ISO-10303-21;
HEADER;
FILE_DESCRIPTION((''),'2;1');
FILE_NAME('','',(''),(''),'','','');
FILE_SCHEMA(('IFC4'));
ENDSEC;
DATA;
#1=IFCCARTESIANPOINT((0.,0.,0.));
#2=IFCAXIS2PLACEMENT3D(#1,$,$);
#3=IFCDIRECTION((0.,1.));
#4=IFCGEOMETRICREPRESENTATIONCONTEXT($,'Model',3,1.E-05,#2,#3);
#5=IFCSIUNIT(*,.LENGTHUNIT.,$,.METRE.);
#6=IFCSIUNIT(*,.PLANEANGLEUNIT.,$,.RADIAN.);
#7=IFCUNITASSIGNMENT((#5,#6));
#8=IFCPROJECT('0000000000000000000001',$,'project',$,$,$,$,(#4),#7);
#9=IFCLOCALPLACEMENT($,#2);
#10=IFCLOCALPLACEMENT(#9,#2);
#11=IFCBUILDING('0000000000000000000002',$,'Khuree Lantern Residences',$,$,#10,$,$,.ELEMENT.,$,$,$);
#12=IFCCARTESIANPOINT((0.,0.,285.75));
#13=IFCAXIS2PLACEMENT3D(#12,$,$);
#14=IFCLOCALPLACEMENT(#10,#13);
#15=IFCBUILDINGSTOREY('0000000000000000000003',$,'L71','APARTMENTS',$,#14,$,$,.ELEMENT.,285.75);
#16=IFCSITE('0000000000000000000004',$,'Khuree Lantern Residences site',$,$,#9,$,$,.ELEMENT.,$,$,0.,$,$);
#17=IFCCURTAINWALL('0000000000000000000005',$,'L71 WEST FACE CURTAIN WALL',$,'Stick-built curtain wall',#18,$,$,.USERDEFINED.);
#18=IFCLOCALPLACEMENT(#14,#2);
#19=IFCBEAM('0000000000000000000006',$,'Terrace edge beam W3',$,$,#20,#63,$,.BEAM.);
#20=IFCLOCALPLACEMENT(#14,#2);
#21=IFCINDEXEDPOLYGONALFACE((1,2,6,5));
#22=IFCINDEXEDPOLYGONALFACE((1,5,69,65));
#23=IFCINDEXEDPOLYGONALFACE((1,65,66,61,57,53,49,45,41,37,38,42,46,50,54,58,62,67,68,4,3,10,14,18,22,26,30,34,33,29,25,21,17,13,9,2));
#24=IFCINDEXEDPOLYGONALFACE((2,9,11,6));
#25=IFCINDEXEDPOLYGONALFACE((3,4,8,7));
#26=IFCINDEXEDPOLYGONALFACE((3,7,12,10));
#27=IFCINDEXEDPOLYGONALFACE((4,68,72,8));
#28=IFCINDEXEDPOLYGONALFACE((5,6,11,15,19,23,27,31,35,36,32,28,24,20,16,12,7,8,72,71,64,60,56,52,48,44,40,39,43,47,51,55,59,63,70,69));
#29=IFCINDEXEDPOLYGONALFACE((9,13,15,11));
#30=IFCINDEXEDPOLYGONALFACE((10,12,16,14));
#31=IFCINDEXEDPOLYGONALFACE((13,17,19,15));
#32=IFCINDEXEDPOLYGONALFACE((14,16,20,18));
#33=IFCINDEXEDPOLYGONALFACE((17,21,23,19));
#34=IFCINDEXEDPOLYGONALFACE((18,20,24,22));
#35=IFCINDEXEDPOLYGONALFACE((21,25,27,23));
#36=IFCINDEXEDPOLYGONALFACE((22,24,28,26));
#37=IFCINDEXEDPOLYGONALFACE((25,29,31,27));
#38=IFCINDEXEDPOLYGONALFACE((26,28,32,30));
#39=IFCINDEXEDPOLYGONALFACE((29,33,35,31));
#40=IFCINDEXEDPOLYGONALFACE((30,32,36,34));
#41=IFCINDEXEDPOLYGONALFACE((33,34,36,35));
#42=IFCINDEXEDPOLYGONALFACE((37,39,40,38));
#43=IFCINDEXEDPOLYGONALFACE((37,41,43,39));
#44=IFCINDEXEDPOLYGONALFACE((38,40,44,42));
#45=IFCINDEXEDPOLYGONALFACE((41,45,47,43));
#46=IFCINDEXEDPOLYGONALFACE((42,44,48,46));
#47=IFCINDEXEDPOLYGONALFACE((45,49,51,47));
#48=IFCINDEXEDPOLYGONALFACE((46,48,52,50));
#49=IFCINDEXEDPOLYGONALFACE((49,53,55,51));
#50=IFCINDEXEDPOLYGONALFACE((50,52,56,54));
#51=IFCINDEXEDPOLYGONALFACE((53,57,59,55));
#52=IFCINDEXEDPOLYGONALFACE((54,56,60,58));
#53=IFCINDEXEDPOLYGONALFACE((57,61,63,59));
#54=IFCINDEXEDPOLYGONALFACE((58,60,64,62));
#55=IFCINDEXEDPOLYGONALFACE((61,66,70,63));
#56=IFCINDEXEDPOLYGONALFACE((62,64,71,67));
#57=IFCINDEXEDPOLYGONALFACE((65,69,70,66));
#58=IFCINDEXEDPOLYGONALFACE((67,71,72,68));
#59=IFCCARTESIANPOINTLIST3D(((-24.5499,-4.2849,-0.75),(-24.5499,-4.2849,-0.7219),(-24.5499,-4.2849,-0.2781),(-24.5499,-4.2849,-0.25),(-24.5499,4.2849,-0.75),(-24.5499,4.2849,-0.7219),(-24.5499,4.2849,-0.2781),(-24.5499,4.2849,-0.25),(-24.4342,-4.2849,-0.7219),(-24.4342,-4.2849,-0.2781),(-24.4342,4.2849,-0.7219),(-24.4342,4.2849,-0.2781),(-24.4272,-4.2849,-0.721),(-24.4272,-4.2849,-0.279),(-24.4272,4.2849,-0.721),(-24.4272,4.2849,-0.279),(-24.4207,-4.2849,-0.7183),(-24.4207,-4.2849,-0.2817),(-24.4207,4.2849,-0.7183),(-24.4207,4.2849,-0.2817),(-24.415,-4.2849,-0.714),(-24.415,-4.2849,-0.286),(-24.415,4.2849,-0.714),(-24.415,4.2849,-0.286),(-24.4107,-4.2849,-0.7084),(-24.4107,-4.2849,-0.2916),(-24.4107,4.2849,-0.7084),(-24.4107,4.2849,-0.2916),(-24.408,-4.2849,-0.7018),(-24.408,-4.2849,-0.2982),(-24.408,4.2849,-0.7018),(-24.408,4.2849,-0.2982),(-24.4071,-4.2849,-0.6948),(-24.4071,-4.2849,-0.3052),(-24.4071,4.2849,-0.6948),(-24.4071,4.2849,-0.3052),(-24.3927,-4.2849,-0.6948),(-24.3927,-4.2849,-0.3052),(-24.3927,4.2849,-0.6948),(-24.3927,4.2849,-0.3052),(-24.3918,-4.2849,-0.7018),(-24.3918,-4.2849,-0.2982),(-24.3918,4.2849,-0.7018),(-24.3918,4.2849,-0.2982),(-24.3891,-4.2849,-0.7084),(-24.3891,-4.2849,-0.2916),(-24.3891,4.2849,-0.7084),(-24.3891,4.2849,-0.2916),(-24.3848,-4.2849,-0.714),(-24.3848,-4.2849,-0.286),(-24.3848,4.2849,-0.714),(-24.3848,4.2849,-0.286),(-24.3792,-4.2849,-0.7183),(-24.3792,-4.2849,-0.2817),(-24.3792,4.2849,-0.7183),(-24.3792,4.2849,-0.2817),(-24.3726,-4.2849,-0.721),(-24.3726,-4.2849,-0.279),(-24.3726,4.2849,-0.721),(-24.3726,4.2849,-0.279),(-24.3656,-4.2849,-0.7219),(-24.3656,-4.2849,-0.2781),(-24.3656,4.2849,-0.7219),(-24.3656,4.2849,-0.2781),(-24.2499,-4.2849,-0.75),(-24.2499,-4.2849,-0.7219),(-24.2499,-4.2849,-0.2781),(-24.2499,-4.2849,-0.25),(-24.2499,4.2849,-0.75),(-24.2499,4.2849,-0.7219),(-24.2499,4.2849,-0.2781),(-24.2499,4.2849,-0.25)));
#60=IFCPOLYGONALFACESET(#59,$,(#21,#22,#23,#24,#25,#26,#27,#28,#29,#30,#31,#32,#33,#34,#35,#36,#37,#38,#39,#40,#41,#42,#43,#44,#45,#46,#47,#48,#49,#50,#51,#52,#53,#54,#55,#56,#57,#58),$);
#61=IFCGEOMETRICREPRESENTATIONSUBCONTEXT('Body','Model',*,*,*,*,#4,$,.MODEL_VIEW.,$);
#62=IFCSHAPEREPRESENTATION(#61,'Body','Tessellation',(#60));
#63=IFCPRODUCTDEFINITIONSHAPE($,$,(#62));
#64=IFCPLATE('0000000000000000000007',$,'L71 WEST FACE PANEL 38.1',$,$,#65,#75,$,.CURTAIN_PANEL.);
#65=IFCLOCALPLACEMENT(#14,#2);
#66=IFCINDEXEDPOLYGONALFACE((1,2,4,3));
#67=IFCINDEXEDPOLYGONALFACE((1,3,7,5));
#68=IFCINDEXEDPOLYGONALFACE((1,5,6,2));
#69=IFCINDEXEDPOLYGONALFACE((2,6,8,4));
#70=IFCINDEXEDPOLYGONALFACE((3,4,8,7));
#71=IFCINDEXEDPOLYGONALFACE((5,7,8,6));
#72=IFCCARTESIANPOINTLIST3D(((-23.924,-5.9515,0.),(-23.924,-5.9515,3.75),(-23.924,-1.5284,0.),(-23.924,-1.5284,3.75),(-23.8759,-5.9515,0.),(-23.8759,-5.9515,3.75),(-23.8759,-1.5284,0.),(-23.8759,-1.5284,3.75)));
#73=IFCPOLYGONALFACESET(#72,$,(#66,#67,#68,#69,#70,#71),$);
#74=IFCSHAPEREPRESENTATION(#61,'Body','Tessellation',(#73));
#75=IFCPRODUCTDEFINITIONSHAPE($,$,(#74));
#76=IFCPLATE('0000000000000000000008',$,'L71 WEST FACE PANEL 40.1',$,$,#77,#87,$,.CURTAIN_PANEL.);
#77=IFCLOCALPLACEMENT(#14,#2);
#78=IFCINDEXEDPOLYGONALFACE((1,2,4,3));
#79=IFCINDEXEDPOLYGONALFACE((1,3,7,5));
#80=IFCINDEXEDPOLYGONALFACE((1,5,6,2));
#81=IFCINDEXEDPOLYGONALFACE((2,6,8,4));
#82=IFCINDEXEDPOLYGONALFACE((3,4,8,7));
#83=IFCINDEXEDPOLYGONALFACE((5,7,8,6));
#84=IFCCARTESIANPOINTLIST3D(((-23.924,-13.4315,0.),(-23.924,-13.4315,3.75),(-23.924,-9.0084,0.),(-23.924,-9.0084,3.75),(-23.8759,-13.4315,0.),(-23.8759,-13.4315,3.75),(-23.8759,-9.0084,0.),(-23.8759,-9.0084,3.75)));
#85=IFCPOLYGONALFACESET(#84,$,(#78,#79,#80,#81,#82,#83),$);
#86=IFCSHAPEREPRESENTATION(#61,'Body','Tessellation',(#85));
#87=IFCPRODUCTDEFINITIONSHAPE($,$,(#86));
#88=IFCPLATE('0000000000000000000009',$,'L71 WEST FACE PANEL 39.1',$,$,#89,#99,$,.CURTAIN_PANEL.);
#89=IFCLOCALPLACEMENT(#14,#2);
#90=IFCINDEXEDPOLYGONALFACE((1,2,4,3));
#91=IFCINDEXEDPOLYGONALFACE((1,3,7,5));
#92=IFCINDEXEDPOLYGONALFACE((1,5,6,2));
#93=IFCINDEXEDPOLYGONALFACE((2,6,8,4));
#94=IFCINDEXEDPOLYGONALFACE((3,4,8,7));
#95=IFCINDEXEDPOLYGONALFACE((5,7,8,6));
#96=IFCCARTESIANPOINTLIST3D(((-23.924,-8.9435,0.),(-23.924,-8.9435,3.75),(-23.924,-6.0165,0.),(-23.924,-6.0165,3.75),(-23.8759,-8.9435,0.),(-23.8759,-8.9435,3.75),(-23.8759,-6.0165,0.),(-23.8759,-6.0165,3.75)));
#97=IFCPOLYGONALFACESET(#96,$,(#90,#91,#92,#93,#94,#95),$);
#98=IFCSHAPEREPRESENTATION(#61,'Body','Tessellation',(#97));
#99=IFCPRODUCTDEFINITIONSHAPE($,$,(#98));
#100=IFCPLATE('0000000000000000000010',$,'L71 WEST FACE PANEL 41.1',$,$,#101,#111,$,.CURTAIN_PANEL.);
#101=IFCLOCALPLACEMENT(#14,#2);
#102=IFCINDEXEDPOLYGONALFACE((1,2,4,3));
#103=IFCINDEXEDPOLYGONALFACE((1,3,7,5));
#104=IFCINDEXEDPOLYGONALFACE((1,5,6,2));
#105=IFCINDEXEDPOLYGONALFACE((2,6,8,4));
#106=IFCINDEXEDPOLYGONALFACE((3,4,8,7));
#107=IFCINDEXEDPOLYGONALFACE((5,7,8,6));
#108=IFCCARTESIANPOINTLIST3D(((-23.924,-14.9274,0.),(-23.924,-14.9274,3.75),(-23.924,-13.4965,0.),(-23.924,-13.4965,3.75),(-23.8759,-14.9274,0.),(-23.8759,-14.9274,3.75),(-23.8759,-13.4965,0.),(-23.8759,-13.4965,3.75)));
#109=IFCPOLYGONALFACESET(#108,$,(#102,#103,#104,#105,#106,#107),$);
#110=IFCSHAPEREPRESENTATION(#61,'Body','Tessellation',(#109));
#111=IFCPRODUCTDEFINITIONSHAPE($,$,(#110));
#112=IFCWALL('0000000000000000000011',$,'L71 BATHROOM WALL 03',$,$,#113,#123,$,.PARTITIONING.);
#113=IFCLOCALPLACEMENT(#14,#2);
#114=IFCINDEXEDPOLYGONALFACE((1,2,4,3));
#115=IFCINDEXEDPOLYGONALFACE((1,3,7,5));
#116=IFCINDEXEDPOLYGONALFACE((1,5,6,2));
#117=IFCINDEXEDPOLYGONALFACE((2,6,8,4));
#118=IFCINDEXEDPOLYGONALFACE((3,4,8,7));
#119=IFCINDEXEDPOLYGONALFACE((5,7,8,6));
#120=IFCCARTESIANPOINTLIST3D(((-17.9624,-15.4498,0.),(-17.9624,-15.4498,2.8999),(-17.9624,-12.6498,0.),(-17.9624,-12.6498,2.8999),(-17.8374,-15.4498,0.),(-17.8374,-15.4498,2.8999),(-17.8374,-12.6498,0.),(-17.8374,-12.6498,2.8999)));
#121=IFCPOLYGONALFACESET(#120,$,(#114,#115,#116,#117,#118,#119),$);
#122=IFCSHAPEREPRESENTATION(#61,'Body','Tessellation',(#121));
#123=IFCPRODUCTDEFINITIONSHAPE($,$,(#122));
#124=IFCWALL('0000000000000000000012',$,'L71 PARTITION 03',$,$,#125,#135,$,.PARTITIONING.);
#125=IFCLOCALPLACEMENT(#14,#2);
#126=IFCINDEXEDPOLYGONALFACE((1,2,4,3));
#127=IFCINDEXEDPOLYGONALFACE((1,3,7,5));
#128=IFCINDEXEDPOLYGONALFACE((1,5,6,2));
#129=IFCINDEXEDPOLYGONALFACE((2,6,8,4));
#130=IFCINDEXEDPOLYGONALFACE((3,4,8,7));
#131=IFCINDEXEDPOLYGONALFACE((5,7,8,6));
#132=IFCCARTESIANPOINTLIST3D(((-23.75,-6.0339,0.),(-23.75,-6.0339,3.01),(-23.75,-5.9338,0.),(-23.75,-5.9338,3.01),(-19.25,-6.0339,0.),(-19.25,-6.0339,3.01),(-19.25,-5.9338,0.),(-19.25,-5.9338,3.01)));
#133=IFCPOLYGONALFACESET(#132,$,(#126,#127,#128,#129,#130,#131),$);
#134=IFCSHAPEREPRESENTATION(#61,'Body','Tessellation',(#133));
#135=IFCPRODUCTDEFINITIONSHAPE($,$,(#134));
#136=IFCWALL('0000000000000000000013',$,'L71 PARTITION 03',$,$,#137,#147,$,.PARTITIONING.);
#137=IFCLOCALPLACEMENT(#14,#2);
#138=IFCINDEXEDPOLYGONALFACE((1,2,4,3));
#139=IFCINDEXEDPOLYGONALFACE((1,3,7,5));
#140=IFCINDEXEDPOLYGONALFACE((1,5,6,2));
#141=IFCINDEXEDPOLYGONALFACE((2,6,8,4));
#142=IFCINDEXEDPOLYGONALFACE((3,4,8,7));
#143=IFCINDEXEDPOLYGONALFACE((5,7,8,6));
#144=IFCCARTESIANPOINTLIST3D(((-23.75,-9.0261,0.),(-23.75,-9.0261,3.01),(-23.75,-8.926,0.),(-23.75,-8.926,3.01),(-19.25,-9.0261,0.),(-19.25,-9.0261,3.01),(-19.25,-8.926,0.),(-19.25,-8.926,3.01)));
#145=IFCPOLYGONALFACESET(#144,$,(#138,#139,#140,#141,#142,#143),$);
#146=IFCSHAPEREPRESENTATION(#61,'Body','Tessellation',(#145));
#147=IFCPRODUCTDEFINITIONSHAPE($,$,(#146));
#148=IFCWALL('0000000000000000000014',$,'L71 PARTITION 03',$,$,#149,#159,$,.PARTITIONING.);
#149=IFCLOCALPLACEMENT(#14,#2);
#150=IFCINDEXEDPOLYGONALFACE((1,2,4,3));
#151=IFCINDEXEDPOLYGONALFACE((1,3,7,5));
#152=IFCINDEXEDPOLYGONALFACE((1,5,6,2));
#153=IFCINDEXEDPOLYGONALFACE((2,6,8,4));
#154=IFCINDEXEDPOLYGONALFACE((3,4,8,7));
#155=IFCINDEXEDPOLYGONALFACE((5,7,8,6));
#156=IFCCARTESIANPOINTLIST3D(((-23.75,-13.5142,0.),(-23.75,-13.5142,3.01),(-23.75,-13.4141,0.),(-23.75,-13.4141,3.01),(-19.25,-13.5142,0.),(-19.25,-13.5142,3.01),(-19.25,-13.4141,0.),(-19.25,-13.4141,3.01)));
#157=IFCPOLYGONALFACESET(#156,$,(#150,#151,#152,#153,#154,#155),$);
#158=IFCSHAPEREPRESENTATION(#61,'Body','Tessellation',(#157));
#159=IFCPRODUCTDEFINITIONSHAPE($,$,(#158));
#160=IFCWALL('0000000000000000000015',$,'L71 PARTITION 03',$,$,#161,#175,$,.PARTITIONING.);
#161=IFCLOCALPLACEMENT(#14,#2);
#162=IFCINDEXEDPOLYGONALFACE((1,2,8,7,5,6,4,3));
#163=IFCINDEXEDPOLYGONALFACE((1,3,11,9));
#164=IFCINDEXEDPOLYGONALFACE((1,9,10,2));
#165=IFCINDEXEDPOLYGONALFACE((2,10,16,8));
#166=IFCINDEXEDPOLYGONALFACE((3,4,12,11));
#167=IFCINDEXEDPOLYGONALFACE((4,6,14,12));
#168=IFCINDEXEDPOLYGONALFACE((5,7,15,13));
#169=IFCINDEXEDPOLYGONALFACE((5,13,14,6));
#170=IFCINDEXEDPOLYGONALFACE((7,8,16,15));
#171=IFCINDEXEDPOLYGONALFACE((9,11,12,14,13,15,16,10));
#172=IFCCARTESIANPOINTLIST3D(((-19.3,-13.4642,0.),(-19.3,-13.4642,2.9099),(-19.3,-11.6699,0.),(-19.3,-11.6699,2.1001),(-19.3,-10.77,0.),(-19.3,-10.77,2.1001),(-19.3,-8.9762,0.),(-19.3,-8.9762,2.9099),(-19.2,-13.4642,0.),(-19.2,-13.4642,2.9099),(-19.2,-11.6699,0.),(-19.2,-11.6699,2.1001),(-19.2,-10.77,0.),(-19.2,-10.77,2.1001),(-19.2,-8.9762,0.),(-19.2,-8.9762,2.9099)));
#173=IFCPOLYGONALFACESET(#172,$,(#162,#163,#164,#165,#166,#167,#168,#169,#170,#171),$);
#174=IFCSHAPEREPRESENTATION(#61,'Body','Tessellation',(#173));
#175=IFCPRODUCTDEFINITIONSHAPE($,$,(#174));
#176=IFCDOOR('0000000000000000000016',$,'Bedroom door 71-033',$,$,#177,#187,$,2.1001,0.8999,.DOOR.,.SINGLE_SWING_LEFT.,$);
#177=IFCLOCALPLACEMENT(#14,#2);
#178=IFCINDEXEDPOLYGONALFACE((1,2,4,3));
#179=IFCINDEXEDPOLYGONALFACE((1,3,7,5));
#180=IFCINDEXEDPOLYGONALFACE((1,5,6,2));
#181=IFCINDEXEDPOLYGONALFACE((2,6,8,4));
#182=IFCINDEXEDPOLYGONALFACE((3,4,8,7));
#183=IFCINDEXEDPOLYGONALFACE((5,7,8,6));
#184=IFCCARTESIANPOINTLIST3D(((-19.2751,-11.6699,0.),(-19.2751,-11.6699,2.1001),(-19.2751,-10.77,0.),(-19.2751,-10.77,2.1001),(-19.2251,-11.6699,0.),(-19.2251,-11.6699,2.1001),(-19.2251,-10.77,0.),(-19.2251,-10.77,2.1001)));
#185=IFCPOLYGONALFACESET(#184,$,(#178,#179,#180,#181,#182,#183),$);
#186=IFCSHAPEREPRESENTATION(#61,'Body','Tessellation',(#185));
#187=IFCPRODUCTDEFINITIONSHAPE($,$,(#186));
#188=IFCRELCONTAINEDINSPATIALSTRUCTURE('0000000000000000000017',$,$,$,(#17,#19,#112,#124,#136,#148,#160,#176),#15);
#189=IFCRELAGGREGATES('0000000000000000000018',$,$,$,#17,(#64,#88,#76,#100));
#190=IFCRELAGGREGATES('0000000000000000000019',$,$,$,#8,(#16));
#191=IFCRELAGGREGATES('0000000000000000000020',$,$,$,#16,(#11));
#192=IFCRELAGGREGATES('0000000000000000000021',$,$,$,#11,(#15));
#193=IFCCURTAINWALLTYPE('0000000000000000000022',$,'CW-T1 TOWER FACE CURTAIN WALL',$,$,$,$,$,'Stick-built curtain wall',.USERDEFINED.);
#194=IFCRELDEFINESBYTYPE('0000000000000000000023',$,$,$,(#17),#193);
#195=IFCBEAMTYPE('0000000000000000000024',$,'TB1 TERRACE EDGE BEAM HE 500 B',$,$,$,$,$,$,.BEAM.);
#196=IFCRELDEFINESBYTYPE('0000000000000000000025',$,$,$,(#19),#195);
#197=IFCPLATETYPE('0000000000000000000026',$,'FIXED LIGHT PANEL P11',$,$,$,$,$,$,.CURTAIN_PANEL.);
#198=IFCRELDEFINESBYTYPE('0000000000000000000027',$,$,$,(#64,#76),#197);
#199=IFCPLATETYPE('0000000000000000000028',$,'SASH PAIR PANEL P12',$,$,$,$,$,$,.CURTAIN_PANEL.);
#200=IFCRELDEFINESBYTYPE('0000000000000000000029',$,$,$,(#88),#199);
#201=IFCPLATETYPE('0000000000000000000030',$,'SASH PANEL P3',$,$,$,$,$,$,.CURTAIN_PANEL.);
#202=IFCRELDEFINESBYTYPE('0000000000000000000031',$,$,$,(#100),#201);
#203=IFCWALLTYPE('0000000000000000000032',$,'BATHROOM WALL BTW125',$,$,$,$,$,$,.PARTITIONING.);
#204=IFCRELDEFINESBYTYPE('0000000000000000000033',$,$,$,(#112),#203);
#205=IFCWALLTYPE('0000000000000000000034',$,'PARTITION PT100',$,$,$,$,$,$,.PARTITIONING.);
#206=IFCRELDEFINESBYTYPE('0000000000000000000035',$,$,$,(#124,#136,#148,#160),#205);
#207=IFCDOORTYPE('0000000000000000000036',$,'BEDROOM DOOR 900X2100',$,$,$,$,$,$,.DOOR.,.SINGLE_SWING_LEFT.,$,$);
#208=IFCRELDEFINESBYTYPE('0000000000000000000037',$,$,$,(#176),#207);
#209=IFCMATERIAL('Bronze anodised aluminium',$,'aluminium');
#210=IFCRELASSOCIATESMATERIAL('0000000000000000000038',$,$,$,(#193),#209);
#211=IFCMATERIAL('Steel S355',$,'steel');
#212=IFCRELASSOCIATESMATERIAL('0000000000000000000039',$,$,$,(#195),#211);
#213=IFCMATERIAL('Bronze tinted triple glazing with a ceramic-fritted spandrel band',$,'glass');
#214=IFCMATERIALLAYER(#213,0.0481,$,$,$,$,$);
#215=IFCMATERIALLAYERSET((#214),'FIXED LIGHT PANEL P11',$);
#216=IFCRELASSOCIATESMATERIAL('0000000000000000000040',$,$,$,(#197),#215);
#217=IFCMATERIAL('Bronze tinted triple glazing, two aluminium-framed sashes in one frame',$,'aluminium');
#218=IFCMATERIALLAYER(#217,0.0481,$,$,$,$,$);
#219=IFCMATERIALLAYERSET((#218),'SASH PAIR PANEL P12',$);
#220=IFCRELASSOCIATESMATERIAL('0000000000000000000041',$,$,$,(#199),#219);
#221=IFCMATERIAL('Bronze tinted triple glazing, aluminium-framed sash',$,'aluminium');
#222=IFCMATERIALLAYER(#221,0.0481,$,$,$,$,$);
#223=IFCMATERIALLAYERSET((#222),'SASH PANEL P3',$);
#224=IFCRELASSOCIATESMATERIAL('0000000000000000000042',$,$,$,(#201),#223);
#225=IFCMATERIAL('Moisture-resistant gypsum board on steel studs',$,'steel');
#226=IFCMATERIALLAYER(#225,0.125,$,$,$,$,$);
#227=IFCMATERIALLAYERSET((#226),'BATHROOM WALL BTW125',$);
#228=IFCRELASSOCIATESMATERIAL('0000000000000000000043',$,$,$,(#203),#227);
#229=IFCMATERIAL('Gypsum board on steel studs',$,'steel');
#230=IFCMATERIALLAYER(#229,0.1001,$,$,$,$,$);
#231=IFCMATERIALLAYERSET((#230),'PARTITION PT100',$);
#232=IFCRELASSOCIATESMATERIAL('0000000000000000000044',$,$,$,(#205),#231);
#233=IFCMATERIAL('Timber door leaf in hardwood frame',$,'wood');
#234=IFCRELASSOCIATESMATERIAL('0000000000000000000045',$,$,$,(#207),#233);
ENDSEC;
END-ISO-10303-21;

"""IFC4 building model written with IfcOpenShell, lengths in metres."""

from ifc_helpers import new_model, si_unit, direction, frame, frame_2d, origin, origin_2d, place, context, subcontext, project, spatial, rectangle, i_section, extrude, material, layer, layer_set, material_profile, profile_set, type_object, element, fill, aggregate, save


model = new_model("IFC4")

# Units and contexts
model_context = context("Model", 3, precision=1e-05, world=origin(), true_north=direction((0.0, 1.0)))
body_context = subcontext(model_context, "Body", "Model", "MODEL_VIEW")
ifc_project = project(units=[si_unit("LENGTHUNIT", "METRE"), si_unit("PLANEANGLEUNIT", "RADIAN")], contexts=[model_context])

# Site, building, storey
site_placement = place(None, origin())
site = spatial("IfcSite", under=ifc_project, at=site_placement, Name="Khuree Lantern Residences site", CompositionType="ELEMENT", RefElevation=0.0)
building_placement = place(site_placement, origin())
building = spatial("IfcBuilding", under=site, at=building_placement, Name="Khuree Lantern Residences", CompositionType="ELEMENT")
storey_placement = place(building_placement, frame((0.0, 0.0, 285.75)))
storey = spatial("IfcBuildingStorey", under=building, at=storey_placement, Name="L71", Description="APARTMENTS", CompositionType="ELEMENT", Elevation=285.75)

# Shared definitions
ifc_material_1 = material(Name="Steel S355", Category="steel")

# Curtain wall
ifc_material_2 = material(Name="Bronze anodised aluminium", Category="aluminium")
curtain_wall_type = type_object("IfcCurtainWallType", Name="CW-T1 TOWER FACE CURTAIN WALL", ElementType="Stick-built curtain wall", PredefinedType="USERDEFINED", material=ifc_material_2)
curtain_wall_placement = place(storey_placement, origin())
curtain_wall = element("IfcCurtainWall", 1, at=curtain_wall_placement, inside=storey, type_object=curtain_wall_type, Name="L71 WEST FACE CURTAIN WALL", ObjectType="Stick-built curtain wall", PredefinedType="USERDEFINED")

# Beam
ifc_material_profile_1 = material_profile(ifc_material_1, i_section(OverallWidth=0.3, OverallDepth=0.5, WebThickness=0.0144, FlangeThickness=0.0281, FilletRadius=0.0271, at=origin_2d()), Name="HE 500 B")
ifc_profile_set_1 = profile_set([ifc_material_profile_1], Name="Steel S355")
beam_type_1 = type_object("IfcBeamType", Name="TB1 TERRACE EDGE BEAM HE 500 B", PredefinedType="BEAM", material=ifc_profile_set_1)
beam_1_placement = place(storey_placement, frame((-24.3999, -4.2849, -0.5), z_axis=(0.0, 1.0, 0.0), x_axis=(-1.0, 0.0, 0.0)))
element("IfcBeam", 2, at=beam_1_placement, inside=storey, type_object=beam_type_1, Name="Terrace edge beam W3", PredefinedType="BEAM", context=body_context, shape_type="SweptSolid", body=[
    extrude(i_section(OverallWidth=0.3, OverallDepth=0.5, WebThickness=0.0144, FlangeThickness=0.0281, FilletRadius=0.0271, at=origin_2d()), origin(), (0.0, 0.0, 1.0), 8.5698),
])

# Plates
ifc_material_3 = material(Name="Bronze tinted triple glazing with a ceramic-fritted spandrel band", Category="glass")
ifc_layer_1 = layer(ifc_material_3, 0.0481)
ifc_layer_set_1 = layer_set([ifc_layer_1], Name="FIXED LIGHT PANEL P11")
plate_type_1 = type_object("IfcPlateType", Name="FIXED LIGHT PANEL P11", PredefinedType="CURTAIN_PANEL", material=ifc_layer_set_1)
plate_1_placement = place(storey_placement, frame((-23.8999, -3.74, 0.0), z_axis=(0.0, 0.0, 1.0), x_axis=(0.0, -1.0, 0.0)))
plate_1 = element("IfcPlate", 3, at=plate_1_placement, type_object=plate_type_1, Name="L71 WEST FACE PANEL 38.1", PredefinedType="CURTAIN_PANEL", context=body_context, shape_type="SweptSolid", body=[
    extrude(rectangle(XDim=4.4231, YDim=0.0481, at=origin_2d()), origin(), (0.0, 0.0, 1.0), 3.75),
])
plate_2_placement = place(storey_placement, frame((-23.8999, -11.22, 0.0), z_axis=(0.0, 0.0, 1.0), x_axis=(0.0, -1.0, 0.0)))
plate_2 = element("IfcPlate", 4, at=plate_2_placement, type_object=plate_type_1, Name="L71 WEST FACE PANEL 40.1", PredefinedType="CURTAIN_PANEL", context=body_context, shape_type="SweptSolid", body=[
    extrude(rectangle(XDim=4.4231, YDim=0.0481, at=origin_2d()), origin(), (0.0, 0.0, 1.0), 3.75),
])
ifc_material_4 = material(Name="Bronze tinted triple glazing, two aluminium-framed sashes in one frame", Category="aluminium")
ifc_layer_2 = layer(ifc_material_4, 0.0481)
ifc_layer_set_2 = layer_set([ifc_layer_2], Name="SASH PAIR PANEL P12")
plate_type_2 = type_object("IfcPlateType", Name="SASH PAIR PANEL P12", PredefinedType="CURTAIN_PANEL", material=ifc_layer_set_2)
plate_3_placement = place(storey_placement, frame((-23.8999, -7.48, 0.0), z_axis=(0.0, 0.0, 1.0), x_axis=(0.0, -1.0, 0.0)))
plate_3 = element("IfcPlate", 5, at=plate_3_placement, type_object=plate_type_2, Name="L71 WEST FACE PANEL 39.1", PredefinedType="CURTAIN_PANEL", context=body_context, shape_type="SweptSolid", body=[
    extrude(rectangle(XDim=2.927, YDim=0.0481, at=origin_2d()), origin(), (0.0, 0.0, 1.0), 3.75),
])
ifc_material_5 = material(Name="Bronze tinted triple glazing, aluminium-framed sash", Category="aluminium")
ifc_layer_3 = layer(ifc_material_5, 0.0481)
ifc_layer_set_3 = layer_set([ifc_layer_3], Name="SASH PANEL P3")
plate_type_3 = type_object("IfcPlateType", Name="SASH PANEL P3", PredefinedType="CURTAIN_PANEL", material=ifc_layer_set_3)
plate_4_placement = place(storey_placement, frame((-23.8999, -14.2119, 0.0), z_axis=(0.0, 0.0, 1.0), x_axis=(0.0, -1.0, 0.0)))
plate_4 = element("IfcPlate", 6, at=plate_4_placement, type_object=plate_type_3, Name="L71 WEST FACE PANEL 41.1", PredefinedType="CURTAIN_PANEL", context=body_context, shape_type="SweptSolid", body=[
    extrude(rectangle(XDim=1.4309, YDim=0.0481, at=origin_2d()), origin(), (0.0, 0.0, 1.0), 3.75),
])
aggregate(curtain_wall, [plate_1, plate_3, plate_2, plate_4])

# Walls
ifc_material_6 = material(Name="Moisture-resistant gypsum board on steel studs", Category="steel")
ifc_layer_4 = layer(ifc_material_6, 0.125)
ifc_layer_set_4 = layer_set([ifc_layer_4], Name="BATHROOM WALL BTW125")
wall_type_1 = type_object("IfcWallType", Name="BATHROOM WALL BTW125", PredefinedType="PARTITIONING", material=ifc_layer_set_4)
wall_1_placement = place(storey_placement, frame((-17.8999, -12.6499, 0.0), z_axis=(0.0, 0.0, 1.0), x_axis=(0.0, -1.0, 0.0)))
element("IfcWall", 7, at=wall_1_placement, inside=storey, type_object=wall_type_1, Name="L71 BATHROOM WALL 03", PredefinedType="PARTITIONING", context=body_context, shape_type="SweptSolid", body=[
    extrude(rectangle(XDim=2.8, YDim=0.125, at=frame_2d((1.3999, 0.0))), origin(), (0.0, 0.0, 1.0), 2.8999),
])
ifc_material_7 = material(Name="Gypsum board on steel studs", Category="steel")
ifc_layer_5 = layer(ifc_material_7, 0.1001)
ifc_layer_set_5 = layer_set([ifc_layer_5], Name="PARTITION PT100")
wall_type_2 = type_object("IfcWallType", Name="PARTITION PT100", PredefinedType="PARTITIONING", material=ifc_layer_set_5)
for number, where, z_axis, x_axis, name in (
    (8, (-19.25, -5.9839, 0.0), (0.0, 0.0, 1.0), (-1.0, 0.0, 0.0), "L71 PARTITION 03"),
    (9, (-19.25, -8.9761, 0.0), (0.0, 0.0, 1.0), (-1.0, 0.0, 0.0), "L71 PARTITION 03"),
    (10, (-19.25, -13.4641, 0.0), (0.0, 0.0, 1.0), (-1.0, 0.0, 0.0), "L71 PARTITION 03"),
):
    element("IfcWall", number, at=place(storey_placement, frame(where, z_axis=z_axis, x_axis=x_axis)), inside=storey, type_object=wall_type_2, Name=name, PredefinedType="PARTITIONING", context=body_context, shape_type="SweptSolid", body=[
        extrude(rectangle(XDim=4.5, YDim=0.1001, at=frame_2d((2.25, 0.0))), origin(), (0.0, 0.0, 1.0), 3.01),
    ])

# Wall, opening, door
wall_2_placement = place(storey_placement, frame((-19.25, -8.9761, 0.0), z_axis=(0.0, 0.0, 1.0), x_axis=(0.0, -1.0, 0.0)))
wall_2 = element("IfcWall", 11, at=wall_2_placement, inside=storey, type_object=wall_type_2, Name="L71 PARTITION 03", PredefinedType="PARTITIONING", context=body_context, shape_type="SweptSolid", body=[
    extrude(rectangle(XDim=4.488, YDim=0.1001, at=frame_2d((2.2441, 0.0))), origin(), (0.0, 0.0, 1.0), 2.9099),
])
opening_placement = place(wall_2_placement, frame((1.7939, 0.0, 0.0)))
opening = element("IfcOpeningElement", 12, at=opening_placement, cuts=wall_2, PredefinedType="OPENING", context=body_context, shape_type="SweptSolid", body=[
    extrude(rectangle(XDim=0.8999, YDim=2.1001, at=frame_2d((0.45, 1.05))), frame((0.0, 0.0601, 0.0), z_axis=(0.0, -1.0, 0.0), x_axis=(1.0, 0.0, 0.0)), (0.0, 0.0, 1.0), 0.1201),
])
ifc_material_8 = material(Name="Timber door leaf in hardwood frame", Category="wood")
door_type = type_object("IfcDoorType", Name="BEDROOM DOOR 900X2100", OperationType="SINGLE_SWING_LEFT", PredefinedType="DOOR", material=ifc_material_8)
door_placement = place(opening_placement, origin())
door = element("IfcDoor", 13, at=door_placement, inside=storey, type_object=door_type, Name="Bedroom door 71-033", OperationType="SINGLE_SWING_LEFT", OverallHeight=2.1001, OverallWidth=0.8999, PredefinedType="DOOR", context=body_context, shape_type="SweptSolid", body=[
    extrude(rectangle(XDim=0.8999, YDim=2.1001, at=frame_2d((0.45, 1.05))), frame((0.0, 0.0249, 0.0), z_axis=(0.0, -1.0, 0.0), x_axis=(1.0, 0.0, 0.0)), (0.0, 0.0, 1.0), 0.05),
])
fill(opening, door)

save(model, "model.ifc")
